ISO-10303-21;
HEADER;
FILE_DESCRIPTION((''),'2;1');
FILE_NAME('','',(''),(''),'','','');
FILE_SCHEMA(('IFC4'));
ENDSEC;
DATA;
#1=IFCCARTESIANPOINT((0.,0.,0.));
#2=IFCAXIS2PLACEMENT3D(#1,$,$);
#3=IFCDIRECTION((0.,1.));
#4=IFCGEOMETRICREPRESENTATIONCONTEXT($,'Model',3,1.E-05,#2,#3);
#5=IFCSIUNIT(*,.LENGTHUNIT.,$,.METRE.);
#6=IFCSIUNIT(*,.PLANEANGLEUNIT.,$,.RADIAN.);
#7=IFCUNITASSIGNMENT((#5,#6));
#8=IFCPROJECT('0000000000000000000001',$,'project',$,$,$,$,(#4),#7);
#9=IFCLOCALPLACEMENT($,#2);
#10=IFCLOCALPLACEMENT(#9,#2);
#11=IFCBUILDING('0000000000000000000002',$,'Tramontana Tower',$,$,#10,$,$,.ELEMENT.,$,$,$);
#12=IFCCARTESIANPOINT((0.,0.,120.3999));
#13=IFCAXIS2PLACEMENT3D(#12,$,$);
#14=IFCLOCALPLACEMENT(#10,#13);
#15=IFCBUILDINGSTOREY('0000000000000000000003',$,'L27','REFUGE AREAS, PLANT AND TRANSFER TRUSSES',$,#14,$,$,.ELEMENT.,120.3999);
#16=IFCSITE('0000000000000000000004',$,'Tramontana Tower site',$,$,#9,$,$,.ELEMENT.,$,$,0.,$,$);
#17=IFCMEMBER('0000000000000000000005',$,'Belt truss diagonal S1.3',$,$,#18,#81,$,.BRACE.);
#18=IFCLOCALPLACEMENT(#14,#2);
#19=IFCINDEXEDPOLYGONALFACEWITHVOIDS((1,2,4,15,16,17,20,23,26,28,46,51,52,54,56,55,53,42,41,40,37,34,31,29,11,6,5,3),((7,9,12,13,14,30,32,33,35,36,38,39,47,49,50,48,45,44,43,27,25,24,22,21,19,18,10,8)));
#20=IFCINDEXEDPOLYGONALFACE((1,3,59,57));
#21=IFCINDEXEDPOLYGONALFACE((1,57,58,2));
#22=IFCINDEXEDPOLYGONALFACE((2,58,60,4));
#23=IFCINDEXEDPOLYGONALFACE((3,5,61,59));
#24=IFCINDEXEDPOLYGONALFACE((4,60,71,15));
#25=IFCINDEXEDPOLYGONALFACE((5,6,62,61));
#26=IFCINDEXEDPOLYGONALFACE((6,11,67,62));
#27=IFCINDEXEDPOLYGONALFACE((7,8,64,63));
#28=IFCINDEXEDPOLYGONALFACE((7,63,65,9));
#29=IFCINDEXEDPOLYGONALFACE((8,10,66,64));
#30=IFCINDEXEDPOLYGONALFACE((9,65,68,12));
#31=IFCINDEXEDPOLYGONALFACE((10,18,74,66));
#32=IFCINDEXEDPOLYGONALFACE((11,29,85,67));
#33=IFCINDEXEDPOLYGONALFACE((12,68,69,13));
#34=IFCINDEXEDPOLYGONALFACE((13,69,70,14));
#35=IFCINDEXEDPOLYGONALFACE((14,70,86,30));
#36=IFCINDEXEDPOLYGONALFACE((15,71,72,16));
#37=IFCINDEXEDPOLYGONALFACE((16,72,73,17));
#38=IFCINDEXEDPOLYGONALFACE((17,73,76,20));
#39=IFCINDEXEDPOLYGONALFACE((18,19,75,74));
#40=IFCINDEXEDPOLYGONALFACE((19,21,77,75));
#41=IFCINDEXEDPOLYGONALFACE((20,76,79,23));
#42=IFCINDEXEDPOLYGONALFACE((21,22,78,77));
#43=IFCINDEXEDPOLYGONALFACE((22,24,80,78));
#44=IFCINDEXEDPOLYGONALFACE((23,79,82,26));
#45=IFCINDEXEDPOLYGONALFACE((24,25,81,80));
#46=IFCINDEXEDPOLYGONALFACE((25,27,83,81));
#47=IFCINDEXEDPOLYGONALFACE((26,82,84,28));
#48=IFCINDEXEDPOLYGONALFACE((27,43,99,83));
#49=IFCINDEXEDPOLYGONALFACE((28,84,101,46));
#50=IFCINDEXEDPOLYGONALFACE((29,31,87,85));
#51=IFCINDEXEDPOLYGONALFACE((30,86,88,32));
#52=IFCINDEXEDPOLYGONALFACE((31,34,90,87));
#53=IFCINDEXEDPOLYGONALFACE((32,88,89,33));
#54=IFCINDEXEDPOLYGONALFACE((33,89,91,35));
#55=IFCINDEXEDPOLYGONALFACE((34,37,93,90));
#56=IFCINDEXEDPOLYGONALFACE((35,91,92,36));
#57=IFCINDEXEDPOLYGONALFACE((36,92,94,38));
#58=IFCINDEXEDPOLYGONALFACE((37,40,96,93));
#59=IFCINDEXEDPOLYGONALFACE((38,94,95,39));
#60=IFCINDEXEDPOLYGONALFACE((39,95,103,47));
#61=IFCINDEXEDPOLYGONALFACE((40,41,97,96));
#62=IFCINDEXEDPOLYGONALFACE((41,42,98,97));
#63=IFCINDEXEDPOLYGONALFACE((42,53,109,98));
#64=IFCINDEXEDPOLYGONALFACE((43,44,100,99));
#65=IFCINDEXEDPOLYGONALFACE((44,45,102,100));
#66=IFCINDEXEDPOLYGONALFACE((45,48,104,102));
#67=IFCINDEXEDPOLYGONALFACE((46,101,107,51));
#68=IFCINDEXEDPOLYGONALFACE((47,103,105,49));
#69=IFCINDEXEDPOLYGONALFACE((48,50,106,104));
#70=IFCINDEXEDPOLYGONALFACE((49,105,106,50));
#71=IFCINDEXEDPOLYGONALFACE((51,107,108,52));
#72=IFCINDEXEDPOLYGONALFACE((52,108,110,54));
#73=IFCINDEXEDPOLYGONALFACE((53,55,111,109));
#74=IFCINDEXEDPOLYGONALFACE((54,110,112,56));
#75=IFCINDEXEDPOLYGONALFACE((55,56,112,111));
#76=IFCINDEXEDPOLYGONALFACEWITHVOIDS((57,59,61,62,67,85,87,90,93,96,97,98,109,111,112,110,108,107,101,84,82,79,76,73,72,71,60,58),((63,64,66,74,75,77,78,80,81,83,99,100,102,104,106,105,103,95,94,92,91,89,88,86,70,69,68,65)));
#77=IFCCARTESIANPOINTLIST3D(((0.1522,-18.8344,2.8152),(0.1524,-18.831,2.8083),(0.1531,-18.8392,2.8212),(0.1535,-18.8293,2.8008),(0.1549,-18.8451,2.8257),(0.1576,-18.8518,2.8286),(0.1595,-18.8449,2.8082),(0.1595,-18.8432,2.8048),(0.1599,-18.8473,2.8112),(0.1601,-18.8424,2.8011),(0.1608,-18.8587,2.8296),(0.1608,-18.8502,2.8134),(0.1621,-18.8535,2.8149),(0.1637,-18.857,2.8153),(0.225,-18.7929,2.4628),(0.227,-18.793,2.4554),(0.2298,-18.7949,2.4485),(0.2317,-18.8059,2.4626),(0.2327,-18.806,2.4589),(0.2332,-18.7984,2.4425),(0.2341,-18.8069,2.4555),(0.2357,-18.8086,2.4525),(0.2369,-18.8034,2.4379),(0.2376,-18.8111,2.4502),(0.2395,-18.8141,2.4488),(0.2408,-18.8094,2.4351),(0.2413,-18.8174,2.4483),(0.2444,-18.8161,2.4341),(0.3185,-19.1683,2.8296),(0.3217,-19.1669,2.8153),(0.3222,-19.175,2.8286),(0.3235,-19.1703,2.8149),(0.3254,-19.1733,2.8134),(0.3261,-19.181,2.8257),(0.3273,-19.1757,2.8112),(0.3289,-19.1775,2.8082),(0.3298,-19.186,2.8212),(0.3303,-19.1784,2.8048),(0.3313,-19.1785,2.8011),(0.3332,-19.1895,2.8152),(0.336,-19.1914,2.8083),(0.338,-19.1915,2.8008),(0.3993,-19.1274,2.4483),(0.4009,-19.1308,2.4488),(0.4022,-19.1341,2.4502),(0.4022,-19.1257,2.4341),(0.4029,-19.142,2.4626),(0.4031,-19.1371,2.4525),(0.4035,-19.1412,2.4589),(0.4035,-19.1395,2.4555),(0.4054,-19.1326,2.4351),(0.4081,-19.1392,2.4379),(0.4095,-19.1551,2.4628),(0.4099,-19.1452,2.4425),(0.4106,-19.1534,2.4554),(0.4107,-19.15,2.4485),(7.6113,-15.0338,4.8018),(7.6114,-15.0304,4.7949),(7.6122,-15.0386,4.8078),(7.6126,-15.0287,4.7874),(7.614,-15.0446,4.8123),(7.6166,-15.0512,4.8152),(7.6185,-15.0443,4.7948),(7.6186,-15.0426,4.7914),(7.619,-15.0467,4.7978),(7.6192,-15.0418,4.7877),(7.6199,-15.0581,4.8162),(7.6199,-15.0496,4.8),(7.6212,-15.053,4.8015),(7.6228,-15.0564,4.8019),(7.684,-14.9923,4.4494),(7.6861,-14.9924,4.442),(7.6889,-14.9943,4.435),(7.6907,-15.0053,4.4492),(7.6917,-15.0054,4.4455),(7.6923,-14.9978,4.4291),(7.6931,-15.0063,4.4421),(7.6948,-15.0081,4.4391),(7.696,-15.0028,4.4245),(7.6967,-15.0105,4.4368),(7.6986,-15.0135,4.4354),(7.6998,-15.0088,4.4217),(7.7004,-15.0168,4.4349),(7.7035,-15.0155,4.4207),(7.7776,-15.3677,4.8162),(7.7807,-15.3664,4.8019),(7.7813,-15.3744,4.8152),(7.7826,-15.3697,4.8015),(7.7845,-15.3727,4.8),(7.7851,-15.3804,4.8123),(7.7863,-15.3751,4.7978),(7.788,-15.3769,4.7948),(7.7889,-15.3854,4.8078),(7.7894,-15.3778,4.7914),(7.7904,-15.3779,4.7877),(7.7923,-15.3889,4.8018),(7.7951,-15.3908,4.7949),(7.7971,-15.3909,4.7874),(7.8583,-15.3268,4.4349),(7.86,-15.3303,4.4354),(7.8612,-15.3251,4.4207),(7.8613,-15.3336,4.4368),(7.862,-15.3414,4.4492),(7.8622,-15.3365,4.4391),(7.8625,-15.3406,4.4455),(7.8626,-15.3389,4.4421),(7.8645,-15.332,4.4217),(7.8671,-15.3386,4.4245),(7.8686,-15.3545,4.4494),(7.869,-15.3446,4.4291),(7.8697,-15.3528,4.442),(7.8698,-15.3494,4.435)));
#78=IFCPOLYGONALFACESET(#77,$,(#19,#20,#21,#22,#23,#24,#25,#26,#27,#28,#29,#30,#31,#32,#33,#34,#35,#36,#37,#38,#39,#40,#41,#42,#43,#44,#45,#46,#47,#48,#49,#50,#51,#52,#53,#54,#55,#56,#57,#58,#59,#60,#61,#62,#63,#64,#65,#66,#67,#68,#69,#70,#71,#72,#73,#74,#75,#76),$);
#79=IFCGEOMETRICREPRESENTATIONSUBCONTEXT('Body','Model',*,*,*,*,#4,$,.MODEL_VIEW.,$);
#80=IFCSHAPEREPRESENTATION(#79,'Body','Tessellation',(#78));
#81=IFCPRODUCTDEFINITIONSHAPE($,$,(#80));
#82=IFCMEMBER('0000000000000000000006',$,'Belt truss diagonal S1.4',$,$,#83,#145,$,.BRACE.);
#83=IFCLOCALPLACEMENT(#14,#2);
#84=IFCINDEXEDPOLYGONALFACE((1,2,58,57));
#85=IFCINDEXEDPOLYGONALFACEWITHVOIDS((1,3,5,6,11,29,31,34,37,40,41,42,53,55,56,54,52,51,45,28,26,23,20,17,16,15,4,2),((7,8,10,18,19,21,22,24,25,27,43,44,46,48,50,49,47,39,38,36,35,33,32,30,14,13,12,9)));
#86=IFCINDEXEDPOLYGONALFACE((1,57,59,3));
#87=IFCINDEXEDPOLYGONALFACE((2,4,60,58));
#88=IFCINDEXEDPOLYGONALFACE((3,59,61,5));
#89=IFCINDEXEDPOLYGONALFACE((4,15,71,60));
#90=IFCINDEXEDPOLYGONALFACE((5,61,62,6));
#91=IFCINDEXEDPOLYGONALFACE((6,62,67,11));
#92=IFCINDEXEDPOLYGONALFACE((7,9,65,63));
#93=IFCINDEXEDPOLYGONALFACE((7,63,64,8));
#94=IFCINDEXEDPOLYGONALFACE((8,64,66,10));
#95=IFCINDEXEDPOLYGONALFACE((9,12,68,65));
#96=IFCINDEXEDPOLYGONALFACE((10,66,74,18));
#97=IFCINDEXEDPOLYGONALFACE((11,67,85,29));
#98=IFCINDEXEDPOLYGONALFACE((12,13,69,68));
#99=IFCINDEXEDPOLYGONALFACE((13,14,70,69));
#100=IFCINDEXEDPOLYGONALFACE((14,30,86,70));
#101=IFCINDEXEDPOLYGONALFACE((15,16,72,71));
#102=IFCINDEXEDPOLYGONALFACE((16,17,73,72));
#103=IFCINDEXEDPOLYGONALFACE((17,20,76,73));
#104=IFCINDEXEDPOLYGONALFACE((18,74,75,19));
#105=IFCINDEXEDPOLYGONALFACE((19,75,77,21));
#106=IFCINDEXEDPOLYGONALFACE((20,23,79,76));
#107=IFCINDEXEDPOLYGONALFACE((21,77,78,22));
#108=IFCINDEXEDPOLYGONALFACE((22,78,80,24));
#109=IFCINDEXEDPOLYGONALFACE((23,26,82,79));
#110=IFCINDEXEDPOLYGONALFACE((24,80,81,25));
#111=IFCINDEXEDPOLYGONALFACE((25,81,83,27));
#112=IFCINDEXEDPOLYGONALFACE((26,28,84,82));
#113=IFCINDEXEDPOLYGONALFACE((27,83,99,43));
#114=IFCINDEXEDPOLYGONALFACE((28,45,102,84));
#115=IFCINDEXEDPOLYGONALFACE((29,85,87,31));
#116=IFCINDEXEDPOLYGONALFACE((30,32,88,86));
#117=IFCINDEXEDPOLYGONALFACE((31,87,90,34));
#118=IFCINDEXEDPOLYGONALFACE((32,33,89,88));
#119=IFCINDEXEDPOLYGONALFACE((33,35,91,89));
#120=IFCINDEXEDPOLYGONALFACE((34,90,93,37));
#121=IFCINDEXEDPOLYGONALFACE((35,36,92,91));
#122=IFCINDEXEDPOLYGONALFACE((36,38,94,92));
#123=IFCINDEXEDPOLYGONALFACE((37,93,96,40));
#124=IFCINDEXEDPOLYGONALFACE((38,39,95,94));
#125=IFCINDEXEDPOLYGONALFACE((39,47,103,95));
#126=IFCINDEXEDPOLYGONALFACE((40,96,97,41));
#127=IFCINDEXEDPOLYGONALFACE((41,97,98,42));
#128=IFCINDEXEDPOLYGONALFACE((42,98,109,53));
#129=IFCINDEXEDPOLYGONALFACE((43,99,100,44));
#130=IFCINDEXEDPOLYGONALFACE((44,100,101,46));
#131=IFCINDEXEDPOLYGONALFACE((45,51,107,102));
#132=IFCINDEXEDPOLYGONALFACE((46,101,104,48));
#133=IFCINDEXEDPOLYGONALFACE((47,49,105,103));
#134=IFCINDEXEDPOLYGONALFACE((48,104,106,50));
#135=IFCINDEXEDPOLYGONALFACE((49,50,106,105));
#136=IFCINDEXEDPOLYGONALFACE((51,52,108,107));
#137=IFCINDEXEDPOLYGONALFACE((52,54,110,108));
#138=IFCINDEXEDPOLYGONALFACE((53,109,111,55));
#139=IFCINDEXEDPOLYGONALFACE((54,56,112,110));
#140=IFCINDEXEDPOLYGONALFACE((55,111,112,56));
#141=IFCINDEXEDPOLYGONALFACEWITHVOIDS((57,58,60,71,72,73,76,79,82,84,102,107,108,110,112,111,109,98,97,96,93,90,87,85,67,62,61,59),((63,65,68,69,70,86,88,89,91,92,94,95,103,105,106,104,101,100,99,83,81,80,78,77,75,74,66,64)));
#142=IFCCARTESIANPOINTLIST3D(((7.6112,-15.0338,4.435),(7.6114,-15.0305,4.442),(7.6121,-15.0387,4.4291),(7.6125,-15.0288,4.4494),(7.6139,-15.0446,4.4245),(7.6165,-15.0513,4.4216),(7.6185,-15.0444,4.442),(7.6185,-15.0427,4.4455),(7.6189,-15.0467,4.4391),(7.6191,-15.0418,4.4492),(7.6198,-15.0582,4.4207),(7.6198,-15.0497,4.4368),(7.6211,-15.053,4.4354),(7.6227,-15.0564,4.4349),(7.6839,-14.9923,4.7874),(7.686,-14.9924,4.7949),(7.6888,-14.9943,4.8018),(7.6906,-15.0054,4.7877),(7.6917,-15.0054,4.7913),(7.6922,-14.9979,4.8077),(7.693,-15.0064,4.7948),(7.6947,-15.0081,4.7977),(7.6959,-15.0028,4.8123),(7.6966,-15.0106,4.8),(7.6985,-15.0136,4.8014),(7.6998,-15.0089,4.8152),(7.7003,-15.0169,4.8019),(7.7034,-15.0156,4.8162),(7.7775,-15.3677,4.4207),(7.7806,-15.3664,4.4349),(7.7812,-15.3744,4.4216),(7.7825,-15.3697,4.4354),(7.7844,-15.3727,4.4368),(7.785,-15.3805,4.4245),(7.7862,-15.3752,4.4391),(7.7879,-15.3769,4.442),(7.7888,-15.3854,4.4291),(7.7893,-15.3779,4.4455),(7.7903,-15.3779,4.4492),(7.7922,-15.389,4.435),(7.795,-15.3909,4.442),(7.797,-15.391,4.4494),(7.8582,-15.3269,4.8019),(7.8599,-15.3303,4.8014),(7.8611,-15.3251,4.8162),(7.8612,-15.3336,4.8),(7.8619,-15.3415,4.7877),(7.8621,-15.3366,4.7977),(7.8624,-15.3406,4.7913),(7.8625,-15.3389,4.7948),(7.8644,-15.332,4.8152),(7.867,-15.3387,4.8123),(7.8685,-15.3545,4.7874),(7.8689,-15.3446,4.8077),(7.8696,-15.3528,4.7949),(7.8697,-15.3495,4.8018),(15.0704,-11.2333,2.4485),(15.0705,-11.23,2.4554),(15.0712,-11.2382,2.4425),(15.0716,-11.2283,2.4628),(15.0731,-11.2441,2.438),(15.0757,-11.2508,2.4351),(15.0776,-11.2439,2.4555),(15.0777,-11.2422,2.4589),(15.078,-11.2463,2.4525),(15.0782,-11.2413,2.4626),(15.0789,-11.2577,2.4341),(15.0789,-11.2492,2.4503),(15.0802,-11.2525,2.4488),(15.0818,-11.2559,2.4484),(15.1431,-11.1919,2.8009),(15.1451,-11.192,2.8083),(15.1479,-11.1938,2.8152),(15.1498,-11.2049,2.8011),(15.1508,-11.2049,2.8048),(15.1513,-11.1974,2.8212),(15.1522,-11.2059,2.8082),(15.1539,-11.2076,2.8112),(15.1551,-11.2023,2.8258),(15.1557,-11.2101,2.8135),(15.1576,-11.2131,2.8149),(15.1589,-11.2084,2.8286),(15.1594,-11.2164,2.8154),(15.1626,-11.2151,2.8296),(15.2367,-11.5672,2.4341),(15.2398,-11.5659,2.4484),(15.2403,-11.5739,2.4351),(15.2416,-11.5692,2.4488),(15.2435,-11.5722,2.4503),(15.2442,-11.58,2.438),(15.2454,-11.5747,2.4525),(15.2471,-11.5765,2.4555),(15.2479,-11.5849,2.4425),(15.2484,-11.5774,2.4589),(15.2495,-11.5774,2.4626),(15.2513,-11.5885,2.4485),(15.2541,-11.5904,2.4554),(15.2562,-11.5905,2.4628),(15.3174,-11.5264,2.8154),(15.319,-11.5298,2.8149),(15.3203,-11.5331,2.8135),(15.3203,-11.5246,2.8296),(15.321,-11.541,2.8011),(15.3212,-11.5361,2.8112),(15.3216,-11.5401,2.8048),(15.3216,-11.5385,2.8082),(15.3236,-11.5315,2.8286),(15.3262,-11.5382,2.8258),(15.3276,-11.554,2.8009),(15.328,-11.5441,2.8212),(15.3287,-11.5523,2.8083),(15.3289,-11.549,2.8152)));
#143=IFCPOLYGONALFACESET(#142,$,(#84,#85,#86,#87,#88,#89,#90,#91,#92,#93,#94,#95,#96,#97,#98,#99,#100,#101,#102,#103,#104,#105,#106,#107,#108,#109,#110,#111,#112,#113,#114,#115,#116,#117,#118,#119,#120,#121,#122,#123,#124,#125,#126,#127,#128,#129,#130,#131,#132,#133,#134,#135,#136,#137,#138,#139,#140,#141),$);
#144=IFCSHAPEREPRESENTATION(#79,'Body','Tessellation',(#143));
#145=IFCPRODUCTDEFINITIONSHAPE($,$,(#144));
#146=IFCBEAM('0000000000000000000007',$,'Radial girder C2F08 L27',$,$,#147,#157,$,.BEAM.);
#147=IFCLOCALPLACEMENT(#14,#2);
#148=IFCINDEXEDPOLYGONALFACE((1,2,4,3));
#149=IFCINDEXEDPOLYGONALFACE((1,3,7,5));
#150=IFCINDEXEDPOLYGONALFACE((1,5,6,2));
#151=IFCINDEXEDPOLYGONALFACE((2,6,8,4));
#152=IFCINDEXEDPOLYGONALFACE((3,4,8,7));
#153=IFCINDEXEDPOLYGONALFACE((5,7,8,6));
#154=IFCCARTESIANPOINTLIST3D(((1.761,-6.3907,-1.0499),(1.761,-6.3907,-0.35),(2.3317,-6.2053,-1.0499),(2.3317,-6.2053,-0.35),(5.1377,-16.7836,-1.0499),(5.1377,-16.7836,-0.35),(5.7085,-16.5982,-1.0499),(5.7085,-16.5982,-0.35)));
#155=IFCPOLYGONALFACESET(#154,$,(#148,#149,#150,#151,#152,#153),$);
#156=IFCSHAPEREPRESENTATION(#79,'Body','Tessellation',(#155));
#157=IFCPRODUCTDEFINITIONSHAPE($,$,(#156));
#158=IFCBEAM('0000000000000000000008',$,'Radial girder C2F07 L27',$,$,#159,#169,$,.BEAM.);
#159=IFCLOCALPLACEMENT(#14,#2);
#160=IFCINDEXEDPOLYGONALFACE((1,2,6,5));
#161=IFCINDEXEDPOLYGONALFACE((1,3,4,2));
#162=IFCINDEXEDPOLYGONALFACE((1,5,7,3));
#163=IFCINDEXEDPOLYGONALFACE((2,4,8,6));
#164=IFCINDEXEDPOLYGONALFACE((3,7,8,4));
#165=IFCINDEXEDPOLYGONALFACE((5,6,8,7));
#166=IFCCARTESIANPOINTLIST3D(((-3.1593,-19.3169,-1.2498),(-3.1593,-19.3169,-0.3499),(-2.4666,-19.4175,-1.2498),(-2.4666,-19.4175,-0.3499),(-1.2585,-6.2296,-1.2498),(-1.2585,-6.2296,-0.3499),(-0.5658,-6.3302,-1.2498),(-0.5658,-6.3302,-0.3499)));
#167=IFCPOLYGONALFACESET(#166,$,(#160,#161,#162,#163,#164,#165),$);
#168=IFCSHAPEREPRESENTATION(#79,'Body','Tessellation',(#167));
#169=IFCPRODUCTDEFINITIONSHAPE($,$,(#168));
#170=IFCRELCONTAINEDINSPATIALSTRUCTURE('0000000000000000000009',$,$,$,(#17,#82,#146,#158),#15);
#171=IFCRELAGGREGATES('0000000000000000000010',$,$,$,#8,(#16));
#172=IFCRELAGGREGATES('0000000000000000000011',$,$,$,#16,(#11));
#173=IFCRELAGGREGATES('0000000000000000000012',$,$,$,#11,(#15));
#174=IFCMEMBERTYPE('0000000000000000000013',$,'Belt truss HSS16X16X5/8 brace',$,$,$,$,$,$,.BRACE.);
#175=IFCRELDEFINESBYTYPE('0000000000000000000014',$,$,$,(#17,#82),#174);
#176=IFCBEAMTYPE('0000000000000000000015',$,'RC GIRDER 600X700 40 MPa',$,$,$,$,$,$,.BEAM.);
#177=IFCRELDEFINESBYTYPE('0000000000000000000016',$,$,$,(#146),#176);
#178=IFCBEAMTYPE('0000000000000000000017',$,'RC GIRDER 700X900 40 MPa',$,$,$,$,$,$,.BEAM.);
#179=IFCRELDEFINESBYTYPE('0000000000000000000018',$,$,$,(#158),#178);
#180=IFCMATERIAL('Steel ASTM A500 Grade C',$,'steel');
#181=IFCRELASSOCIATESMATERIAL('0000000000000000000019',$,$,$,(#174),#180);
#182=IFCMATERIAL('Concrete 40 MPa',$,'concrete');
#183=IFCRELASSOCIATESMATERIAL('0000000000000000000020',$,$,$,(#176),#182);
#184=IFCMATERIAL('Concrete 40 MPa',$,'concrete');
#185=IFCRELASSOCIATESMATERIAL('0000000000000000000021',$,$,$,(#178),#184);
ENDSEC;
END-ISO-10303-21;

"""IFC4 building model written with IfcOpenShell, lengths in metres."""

from ifc_helpers import new_model, si_unit, direction, frame, origin, origin_2d, place, context, subcontext, project, spatial, rectangle, hollow_rectangle, extrude, material, material_profile, profile_set, type_object, element, save


model = new_model("IFC4")

# Units and contexts
model_context = context("Model", 3, precision=1e-05, world=origin(), true_north=direction((0.0, 1.0)))
body_context = subcontext(model_context, "Body", "Model", "MODEL_VIEW")
ifc_project = project(units=[si_unit("LENGTHUNIT", "METRE"), si_unit("PLANEANGLEUNIT", "RADIAN")], contexts=[model_context])

# Site, building, storey
site_placement = place(None, origin())
site = spatial("IfcSite", under=ifc_project, at=site_placement, Name="Tramontana Tower site", CompositionType="ELEMENT", RefElevation=0.0)
building_placement = place(site_placement, origin())
building = spatial("IfcBuilding", under=site, at=building_placement, Name="Tramontana Tower", CompositionType="ELEMENT")
storey_placement = place(building_placement, frame((0.0, 0.0, 120.3999)))
storey = spatial("IfcBuildingStorey", under=building, at=storey_placement, Name="L27", Description="REFUGE AREAS, PLANT AND TRANSFER TRUSSES", CompositionType="ELEMENT", Elevation=120.3999)

# Members
ifc_material_1 = material(Name="Steel ASTM A500 Grade C", Category="steel")
ifc_material_profile_1 = material_profile(ifc_material_1, hollow_rectangle(XDim=0.4065, YDim=0.4065, WallThickness=0.0146, InnerFilletRadius=0.0146, OuterFilletRadius=0.0295, at=origin_2d()), Name="HSS16X16X5/8")
ifc_profile_set_1 = profile_set([ifc_material_profile_1], Name="Steel ASTM A500 Grade C")
member_type_1 = type_object("IfcMemberType", Name="Belt truss HSS16X16X5/8 brace", PredefinedType="BRACE", material=ifc_profile_set_1)
for number, where, z_axis, x_axis, name in (
    (1, (0.2815, -18.9922, 2.6318), (0.866931, 0.441723, 0.230892), (-0.45399, 0.891007, 0.0), "Belt truss diagonal S1.3"),
    (2, (7.7405, -15.1917, 4.6184), (0.866938, 0.441712, -0.230887), (-0.453978, 0.891013, 0.0), "Belt truss diagonal S1.4"),
):
    element("IfcMember", number, at=place(storey_placement, frame(where, z_axis=z_axis, x_axis=x_axis)), inside=storey, type_object=member_type_1, Name=name, PredefinedType="BRACE", context=body_context, shape_type="SweptSolid", body=[
        extrude(hollow_rectangle(XDim=0.4065, YDim=0.4065, WallThickness=0.0146, InnerFilletRadius=0.0146, OuterFilletRadius=0.0295, at=origin_2d()), origin(), (0.0, 0.0, 1.0), 8.604),
    ])

# Beams
ifc_material_2 = material(Name="Concrete 40 MPa", Category="concrete")
ifc_material_profile_2 = material_profile(ifc_material_2, rectangle(XDim=0.6001, YDim=0.7, at=origin_2d()), Name="RC GIRDER 600X700 40 MPa")
ifc_profile_set_2 = profile_set([ifc_material_profile_2], Name="Concrete 40 MPa")
beam_type_1 = type_object("IfcBeamType", Name="RC GIRDER 600X700 40 MPa", PredefinedType="BEAM", material=ifc_profile_set_2)
beam_1_placement = place(storey_placement, frame((5.4231, -16.6909, -0.7), z_axis=(-0.309007, 0.95106, 0.0), x_axis=(-0.95106, -0.309007, 0.0)))
element("IfcBeam", 3, at=beam_1_placement, inside=storey, type_object=beam_type_1, Name="Radial girder C2F08 L27", PredefinedType="BEAM", context=body_context, shape_type="SweptSolid", body=[
    extrude(rectangle(XDim=0.6001, YDim=0.7, at=origin_2d()), origin(), (0.0, 0.0, 1.0), 10.9277),
])
ifc_material_3 = material(Name="Concrete 40 MPa", Category="concrete")
ifc_material_profile_3 = material_profile(ifc_material_3, rectangle(XDim=0.7, YDim=0.8999, at=origin_2d()), Name="RC GIRDER 700X900 40 MPa")
ifc_profile_set_3 = profile_set([ifc_material_profile_3], Name="Concrete 40 MPa")
beam_type_2 = type_object("IfcBeamType", Name="RC GIRDER 700X900 40 MPa", PredefinedType="BEAM", material=ifc_profile_set_3)
beam_2_placement = place(storey_placement, frame((-2.813, -19.3672, -0.7998), z_axis=(0.143737, 0.989616, 0.0), x_axis=(-0.989616, 0.143737, 0.0)))
element("IfcBeam", 4, at=beam_2_placement, inside=storey, type_object=beam_type_2, Name="Radial girder C2F07 L27", PredefinedType="BEAM", context=body_context, shape_type="SweptSolid", body=[
    extrude(rectangle(XDim=0.7, YDim=0.8999, at=origin_2d()), origin(), (0.0, 0.0, 1.0), 13.2246),
])

save(model, "model.ifc")
